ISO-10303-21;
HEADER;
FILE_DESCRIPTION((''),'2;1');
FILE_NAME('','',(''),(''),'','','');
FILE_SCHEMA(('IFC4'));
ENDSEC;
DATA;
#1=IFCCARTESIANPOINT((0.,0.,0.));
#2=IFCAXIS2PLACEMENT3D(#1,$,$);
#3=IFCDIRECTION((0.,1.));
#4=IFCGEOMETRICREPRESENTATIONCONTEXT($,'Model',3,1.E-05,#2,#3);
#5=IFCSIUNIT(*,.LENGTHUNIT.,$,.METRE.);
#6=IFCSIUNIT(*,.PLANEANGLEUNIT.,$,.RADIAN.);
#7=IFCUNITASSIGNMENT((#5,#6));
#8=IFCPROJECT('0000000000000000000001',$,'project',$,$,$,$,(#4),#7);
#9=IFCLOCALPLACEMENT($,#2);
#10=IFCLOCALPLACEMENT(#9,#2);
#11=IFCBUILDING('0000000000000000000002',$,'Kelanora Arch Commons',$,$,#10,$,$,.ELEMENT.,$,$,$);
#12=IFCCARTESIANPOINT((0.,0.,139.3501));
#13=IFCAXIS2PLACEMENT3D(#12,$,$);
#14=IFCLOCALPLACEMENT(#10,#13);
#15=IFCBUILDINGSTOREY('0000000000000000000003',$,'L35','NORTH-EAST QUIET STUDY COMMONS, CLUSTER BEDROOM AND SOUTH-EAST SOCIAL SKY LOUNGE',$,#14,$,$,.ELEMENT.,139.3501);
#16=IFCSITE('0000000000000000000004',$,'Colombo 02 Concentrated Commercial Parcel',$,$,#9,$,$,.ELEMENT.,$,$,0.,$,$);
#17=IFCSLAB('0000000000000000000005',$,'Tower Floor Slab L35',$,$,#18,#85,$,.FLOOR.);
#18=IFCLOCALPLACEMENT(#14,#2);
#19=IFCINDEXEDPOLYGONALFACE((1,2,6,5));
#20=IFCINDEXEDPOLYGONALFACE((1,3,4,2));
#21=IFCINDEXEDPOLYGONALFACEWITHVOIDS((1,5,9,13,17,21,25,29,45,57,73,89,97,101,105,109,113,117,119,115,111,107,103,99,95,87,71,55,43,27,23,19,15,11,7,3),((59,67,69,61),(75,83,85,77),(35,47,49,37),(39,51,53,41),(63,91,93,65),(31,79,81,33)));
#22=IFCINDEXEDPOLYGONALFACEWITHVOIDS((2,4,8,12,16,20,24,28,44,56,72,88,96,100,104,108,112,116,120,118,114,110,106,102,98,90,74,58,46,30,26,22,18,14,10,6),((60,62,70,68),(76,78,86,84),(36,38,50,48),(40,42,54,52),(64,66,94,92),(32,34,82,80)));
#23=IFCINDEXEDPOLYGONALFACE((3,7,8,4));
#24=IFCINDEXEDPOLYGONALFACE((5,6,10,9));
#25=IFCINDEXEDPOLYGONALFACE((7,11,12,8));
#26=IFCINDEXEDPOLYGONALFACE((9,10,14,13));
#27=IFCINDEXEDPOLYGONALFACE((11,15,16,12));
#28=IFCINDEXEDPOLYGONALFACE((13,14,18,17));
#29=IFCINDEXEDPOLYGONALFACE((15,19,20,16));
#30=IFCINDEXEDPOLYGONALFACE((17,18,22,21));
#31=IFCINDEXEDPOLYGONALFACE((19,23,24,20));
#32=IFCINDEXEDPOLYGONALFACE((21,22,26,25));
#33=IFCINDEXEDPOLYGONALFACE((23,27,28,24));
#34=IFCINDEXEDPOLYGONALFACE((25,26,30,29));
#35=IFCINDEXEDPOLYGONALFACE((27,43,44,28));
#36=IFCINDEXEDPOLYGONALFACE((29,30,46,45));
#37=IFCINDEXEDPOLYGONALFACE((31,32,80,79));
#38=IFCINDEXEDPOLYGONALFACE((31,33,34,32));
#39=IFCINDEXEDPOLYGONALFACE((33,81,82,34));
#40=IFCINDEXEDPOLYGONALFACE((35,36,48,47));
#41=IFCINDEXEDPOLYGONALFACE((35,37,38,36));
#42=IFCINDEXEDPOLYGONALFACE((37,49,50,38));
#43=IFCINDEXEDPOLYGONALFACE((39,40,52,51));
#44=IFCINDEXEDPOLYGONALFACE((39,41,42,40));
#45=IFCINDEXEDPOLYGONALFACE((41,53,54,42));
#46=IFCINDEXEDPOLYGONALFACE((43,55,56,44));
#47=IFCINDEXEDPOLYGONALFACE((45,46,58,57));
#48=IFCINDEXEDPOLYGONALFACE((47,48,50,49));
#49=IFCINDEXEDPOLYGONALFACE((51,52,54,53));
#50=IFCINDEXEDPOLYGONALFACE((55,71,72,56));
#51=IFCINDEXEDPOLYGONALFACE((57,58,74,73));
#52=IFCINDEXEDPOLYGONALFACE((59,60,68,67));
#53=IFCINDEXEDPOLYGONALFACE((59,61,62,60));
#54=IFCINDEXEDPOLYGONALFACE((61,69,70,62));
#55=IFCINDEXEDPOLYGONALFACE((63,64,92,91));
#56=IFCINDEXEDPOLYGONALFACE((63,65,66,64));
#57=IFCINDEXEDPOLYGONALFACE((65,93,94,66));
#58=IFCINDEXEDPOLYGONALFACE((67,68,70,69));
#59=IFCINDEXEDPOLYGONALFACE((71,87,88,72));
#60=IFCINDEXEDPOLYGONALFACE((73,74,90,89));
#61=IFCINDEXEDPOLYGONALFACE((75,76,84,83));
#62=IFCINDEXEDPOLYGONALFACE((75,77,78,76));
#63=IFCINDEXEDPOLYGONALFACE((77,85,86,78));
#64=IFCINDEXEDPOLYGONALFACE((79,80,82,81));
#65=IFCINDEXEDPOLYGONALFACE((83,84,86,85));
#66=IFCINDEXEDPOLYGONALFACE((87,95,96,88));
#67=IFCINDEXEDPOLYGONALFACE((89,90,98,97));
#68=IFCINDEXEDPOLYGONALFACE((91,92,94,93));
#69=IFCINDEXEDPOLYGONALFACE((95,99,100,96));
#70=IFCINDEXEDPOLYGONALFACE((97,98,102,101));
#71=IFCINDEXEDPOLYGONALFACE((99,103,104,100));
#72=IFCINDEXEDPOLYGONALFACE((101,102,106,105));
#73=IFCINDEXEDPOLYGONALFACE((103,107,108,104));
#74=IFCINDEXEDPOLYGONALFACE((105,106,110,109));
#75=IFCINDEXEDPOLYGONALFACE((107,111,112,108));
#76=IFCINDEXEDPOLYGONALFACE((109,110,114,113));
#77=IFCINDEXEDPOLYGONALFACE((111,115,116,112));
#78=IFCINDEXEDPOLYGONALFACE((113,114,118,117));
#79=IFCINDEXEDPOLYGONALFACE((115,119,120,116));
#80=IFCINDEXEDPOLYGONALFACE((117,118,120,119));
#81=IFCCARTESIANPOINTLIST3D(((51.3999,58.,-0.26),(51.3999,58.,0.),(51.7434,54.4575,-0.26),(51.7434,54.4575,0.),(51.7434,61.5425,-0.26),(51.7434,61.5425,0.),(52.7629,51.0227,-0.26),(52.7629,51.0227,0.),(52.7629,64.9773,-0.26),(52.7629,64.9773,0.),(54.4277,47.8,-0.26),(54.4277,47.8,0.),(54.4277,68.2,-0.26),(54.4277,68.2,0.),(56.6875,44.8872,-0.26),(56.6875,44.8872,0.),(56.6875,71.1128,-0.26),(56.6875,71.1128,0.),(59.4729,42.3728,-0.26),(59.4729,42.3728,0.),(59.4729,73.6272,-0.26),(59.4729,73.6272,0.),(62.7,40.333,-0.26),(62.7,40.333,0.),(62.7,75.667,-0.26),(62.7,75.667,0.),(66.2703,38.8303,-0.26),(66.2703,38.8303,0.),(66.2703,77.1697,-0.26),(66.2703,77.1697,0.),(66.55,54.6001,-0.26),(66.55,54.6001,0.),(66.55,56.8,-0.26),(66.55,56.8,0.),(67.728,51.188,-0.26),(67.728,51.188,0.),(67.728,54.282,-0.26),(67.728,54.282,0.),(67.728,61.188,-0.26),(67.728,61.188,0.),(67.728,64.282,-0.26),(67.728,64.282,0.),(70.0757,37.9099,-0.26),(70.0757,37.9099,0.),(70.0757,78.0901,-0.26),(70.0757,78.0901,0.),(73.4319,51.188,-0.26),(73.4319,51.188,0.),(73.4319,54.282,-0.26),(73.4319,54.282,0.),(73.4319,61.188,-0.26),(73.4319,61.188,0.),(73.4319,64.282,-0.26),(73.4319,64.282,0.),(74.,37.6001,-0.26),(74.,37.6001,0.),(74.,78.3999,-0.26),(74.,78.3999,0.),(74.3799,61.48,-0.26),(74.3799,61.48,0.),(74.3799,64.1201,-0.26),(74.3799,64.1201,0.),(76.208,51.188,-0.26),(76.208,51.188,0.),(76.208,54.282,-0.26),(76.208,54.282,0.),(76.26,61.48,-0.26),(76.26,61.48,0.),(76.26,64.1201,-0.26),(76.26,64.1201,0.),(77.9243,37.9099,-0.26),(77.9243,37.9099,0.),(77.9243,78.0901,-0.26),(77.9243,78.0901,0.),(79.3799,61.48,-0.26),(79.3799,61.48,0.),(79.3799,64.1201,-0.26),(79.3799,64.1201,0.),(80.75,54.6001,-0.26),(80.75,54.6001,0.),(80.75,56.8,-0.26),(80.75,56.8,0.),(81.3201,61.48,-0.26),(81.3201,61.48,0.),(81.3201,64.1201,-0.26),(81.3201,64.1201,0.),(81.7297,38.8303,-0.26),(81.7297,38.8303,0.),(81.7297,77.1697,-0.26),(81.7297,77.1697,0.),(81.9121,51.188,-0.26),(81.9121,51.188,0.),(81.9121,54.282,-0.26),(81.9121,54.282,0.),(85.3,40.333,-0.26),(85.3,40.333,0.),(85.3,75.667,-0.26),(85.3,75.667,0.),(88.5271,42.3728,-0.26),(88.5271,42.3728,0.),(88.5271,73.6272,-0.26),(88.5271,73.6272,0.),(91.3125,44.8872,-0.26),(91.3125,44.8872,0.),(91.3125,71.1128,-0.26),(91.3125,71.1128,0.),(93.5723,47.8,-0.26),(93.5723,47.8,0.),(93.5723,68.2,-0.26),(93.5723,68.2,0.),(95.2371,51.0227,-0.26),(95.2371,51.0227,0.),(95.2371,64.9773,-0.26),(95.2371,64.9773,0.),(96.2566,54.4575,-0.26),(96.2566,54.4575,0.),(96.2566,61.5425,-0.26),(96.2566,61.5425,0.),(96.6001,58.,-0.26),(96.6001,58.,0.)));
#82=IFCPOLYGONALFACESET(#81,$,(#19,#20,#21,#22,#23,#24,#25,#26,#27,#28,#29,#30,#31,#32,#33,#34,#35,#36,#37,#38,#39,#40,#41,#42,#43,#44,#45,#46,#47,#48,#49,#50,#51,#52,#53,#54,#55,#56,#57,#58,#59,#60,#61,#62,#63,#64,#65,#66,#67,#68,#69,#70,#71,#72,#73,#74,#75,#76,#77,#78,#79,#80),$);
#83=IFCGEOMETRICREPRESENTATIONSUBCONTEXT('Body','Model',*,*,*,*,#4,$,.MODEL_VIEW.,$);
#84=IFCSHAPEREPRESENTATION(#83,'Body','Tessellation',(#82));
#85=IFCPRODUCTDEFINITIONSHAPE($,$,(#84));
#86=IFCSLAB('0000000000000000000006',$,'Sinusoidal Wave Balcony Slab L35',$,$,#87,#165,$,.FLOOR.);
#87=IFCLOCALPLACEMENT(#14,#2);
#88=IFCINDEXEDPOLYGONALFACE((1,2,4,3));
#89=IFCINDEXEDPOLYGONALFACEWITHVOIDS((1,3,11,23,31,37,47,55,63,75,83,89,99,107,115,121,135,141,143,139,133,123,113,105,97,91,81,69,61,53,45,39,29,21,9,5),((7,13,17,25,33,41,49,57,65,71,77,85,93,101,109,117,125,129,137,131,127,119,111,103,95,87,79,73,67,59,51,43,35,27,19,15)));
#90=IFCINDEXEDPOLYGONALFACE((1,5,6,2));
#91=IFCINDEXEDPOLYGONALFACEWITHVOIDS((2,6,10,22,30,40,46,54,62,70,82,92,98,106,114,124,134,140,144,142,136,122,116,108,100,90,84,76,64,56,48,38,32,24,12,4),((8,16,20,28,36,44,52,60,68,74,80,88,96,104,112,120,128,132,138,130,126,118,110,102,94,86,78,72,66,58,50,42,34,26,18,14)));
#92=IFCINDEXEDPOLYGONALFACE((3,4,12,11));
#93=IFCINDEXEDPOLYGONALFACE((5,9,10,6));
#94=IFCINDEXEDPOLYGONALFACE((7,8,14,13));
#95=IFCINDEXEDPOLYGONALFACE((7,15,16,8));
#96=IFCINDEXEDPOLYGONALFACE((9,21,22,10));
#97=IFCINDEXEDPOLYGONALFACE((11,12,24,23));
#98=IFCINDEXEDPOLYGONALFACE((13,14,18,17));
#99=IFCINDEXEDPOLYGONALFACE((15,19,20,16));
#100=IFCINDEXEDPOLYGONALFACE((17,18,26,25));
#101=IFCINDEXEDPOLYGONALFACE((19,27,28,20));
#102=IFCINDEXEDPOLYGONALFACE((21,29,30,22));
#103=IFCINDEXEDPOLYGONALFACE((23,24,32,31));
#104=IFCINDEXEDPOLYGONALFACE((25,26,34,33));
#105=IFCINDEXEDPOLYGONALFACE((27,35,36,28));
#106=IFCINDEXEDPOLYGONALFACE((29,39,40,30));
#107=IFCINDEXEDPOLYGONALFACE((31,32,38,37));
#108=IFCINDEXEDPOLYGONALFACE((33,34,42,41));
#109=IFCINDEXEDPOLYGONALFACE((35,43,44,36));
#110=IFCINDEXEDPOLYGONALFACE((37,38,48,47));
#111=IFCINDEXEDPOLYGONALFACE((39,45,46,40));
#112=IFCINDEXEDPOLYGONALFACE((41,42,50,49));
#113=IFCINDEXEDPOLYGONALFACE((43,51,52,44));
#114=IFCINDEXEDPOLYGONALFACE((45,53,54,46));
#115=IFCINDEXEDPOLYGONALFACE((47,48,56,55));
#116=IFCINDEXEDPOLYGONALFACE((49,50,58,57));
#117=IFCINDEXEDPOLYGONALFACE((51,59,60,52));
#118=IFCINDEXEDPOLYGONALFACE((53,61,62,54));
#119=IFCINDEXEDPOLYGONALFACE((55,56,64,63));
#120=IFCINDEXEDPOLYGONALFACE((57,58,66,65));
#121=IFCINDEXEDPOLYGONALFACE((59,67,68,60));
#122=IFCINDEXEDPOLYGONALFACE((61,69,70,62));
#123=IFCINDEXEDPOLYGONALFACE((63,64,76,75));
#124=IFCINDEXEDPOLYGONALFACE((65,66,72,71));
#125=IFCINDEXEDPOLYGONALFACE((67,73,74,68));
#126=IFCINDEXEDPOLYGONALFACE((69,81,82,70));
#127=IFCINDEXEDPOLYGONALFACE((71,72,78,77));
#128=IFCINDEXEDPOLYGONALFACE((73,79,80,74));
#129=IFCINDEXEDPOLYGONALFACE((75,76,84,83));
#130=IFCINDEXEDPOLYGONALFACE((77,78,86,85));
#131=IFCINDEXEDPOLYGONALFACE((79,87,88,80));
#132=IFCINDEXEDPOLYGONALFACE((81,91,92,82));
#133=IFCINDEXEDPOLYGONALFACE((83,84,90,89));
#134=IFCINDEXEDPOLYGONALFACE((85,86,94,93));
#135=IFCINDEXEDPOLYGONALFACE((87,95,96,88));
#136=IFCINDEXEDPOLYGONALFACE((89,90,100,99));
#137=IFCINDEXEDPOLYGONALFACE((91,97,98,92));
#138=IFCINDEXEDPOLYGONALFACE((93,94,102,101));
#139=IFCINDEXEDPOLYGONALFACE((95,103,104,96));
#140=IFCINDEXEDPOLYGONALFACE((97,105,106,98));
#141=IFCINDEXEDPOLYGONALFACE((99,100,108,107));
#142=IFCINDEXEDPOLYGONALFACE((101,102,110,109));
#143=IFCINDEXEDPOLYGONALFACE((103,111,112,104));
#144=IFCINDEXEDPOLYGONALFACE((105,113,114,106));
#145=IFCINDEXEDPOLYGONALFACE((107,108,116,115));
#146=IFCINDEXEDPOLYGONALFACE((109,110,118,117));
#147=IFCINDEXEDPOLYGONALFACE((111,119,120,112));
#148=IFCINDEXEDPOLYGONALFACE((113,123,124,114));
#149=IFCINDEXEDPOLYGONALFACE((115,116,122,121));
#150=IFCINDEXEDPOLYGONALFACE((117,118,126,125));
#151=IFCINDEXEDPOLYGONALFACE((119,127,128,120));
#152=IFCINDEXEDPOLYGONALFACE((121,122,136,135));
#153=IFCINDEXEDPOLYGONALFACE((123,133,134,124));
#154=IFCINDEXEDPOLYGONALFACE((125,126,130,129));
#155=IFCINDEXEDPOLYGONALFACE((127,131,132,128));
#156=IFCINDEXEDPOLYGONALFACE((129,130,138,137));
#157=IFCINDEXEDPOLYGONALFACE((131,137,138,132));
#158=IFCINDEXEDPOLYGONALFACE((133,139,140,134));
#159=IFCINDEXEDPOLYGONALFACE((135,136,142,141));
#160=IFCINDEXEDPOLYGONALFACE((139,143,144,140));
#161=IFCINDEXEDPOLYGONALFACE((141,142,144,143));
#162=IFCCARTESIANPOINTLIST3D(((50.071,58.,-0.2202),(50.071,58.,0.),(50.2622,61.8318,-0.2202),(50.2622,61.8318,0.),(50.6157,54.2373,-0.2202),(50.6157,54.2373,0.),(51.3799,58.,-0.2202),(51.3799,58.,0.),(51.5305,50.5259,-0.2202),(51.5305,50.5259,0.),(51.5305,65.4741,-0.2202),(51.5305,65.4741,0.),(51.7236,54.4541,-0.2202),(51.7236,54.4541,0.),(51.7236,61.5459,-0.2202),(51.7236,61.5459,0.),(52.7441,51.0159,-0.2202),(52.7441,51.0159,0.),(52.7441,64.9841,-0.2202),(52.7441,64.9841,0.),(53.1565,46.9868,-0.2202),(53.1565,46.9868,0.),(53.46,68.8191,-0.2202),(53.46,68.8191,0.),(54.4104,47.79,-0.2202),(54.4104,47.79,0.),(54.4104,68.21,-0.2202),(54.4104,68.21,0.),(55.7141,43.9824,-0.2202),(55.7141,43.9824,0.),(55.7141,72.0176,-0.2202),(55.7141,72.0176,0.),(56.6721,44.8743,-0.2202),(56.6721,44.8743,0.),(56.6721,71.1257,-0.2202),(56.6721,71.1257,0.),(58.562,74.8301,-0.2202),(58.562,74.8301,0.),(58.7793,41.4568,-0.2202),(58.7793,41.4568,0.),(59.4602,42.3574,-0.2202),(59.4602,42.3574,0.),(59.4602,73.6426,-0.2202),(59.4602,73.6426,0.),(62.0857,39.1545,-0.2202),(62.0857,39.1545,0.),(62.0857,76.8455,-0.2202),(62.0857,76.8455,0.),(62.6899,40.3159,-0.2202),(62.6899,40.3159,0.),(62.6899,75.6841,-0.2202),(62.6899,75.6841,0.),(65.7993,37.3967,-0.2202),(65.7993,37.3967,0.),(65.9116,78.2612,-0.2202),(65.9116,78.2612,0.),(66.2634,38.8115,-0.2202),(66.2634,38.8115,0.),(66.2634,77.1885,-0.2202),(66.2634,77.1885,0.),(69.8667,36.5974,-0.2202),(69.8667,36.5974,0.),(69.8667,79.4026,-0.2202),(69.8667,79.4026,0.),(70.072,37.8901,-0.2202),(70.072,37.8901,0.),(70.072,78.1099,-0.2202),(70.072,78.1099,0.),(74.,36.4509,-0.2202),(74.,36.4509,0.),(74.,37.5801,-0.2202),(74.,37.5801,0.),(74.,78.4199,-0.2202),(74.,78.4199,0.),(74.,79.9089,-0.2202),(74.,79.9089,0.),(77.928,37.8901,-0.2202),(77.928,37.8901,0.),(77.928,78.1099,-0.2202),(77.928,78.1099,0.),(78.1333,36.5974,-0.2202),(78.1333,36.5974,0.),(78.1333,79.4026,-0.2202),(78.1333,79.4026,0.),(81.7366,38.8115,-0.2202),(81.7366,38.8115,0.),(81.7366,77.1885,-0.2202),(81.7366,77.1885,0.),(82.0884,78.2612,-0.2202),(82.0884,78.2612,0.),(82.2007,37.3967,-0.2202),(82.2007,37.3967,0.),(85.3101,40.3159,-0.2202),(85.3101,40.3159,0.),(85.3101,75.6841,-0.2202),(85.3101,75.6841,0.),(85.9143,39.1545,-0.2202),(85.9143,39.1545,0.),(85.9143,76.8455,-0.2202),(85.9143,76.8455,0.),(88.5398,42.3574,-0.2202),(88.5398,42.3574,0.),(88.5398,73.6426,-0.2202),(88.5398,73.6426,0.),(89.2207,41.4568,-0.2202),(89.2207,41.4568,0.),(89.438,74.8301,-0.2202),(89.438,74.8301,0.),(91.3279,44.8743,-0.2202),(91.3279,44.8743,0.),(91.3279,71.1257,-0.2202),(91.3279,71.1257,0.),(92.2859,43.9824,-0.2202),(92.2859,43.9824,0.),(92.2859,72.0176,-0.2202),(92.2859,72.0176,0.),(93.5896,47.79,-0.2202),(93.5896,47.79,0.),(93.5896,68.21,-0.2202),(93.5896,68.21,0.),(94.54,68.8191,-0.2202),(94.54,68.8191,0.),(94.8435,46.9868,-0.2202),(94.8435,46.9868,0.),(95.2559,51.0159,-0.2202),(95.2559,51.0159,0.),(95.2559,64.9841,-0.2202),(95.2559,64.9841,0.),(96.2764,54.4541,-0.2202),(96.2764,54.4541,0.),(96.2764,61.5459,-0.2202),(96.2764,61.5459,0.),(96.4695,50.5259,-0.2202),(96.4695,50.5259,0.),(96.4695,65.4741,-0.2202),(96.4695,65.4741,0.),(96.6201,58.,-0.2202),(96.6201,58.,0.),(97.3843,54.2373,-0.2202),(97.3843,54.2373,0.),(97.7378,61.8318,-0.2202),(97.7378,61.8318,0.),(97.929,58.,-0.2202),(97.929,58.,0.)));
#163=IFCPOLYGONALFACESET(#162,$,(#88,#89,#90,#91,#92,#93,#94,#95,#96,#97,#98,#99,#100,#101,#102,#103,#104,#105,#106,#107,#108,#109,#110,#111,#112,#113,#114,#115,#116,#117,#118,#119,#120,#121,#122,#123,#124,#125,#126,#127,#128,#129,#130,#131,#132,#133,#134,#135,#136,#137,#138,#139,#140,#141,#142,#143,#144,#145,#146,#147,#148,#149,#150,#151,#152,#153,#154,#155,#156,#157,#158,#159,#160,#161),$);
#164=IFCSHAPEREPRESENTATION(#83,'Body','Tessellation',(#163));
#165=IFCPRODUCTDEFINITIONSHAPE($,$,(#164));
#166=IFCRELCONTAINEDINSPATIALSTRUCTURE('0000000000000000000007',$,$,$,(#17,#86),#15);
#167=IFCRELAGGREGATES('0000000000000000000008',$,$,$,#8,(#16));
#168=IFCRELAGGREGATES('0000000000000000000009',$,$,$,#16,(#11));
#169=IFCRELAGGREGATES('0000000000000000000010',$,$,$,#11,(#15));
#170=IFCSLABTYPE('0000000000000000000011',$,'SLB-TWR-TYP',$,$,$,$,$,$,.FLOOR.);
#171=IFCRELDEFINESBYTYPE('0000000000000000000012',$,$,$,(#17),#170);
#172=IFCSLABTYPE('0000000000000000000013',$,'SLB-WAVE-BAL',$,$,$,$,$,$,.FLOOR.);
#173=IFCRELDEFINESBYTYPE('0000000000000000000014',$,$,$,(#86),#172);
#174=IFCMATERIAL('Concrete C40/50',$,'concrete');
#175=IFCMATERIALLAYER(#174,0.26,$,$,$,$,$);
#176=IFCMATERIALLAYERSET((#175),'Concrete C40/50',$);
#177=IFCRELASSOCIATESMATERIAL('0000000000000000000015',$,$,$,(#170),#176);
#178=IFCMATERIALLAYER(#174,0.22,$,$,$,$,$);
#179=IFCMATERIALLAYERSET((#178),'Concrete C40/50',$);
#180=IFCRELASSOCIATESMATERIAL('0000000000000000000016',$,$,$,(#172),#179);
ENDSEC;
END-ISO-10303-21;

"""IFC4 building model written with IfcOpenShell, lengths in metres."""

from ifc_helpers import new_model, si_unit, direction, frame, origin, place, context, subcontext, project, spatial, polyline, outline, extrude, material, layer, layer_set, type_object, element, save


model = new_model("IFC4")

# Units and contexts
model_context = context("Model", 3, precision=1e-05, world=origin(), true_north=direction((0.0, 1.0)))
body_context = subcontext(model_context, "Body", "Model", "MODEL_VIEW")
ifc_project = project(units=[si_unit("LENGTHUNIT", "METRE"), si_unit("PLANEANGLEUNIT", "RADIAN")], contexts=[model_context])

# Site, building, storey
site_placement = place(None, origin())
site = spatial("IfcSite", under=ifc_project, at=site_placement, Name="Colombo 02 Concentrated Commercial Parcel", CompositionType="ELEMENT", RefElevation=0.0)
building_placement = place(site_placement, origin())
building = spatial("IfcBuilding", under=site, at=building_placement, Name="Kelanora Arch Commons", CompositionType="ELEMENT")
storey_placement = place(building_placement, frame((0.0, 0.0, 139.3501)))
storey = spatial("IfcBuildingStorey", under=building, at=storey_placement, Name="L35", Description="NORTH-EAST QUIET STUDY COMMONS, CLUSTER BEDROOM AND SOUTH-EAST SOCIAL SKY LOUNGE", CompositionType="ELEMENT", Elevation=139.3501)

# Shared definitions
ifc_material_1 = material(Name="Concrete C40/50", Category="concrete")

# Slabs
ifc_layer_1 = layer(ifc_material_1, 0.26)
ifc_layer_set_1 = layer_set([ifc_layer_1], Name="Concrete C40/50")
slab_type_1 = type_object("IfcSlabType", Name="SLB-TWR-TYP", PredefinedType="FLOOR", material=ifc_layer_set_1)
slab_1_placement = place(storey_placement, frame((0.0, 0.0, -0.26)))
element("IfcSlab", 1, at=slab_1_placement, inside=storey, type_object=slab_type_1, Name="Tower Floor Slab L35", PredefinedType="FLOOR", context=body_context, shape_type="SweptSolid", body=[
    extrude(outline(polyline([(96.6001, 58.0), (96.2566, 61.5425), (95.2371, 64.9773), (93.5723, 68.2), (91.3125, 71.1128), (88.5271, 73.6272), (85.3, 75.667), (81.7297, 77.1697), (77.9243, 78.0901), (74.0, 78.3999), (70.0757, 78.0901), (66.2703, 77.1697), (62.7, 75.667), (59.4729, 73.6272), (56.6875, 71.1128), (54.4277, 68.2), (52.7629, 64.9773), (51.7434, 61.5425), (51.3999, 58.0), (51.7434, 54.4575), (52.7629, 51.0227), (54.4277, 47.8), (56.6875, 44.8872), (59.4729, 42.3728), (62.7, 40.333), (66.2703, 38.8303), (70.0757, 37.9099), (74.0, 37.6001), (77.9243, 37.9099), (81.7297, 38.8303), (85.3, 40.333), (88.5271, 42.3728), (91.3125, 44.8872), (93.5723, 47.8), (95.2371, 51.0227), (96.2566, 54.4575), (96.6001, 58.0)]), holes=[polyline([(73.4319, 51.188), (67.728, 51.188), (67.728, 54.282), (73.4319, 54.282), (73.4319, 51.188)]), polyline([(76.208, 51.188), (76.208, 54.282), (81.9121, 54.282), (81.9121, 51.188), (76.208, 51.188)]), polyline([(66.55, 54.6001), (66.55, 56.8), (80.75, 56.8), (80.75, 54.6001), (66.55, 54.6001)]), polyline([(73.4319, 61.188), (67.728, 61.188), (67.728, 64.282), (73.4319, 64.282), (73.4319, 61.188)]), polyline([(74.3799, 61.48), (74.3799, 64.1201), (76.26, 64.1201), (76.26, 61.48), (74.3799, 61.48)]), polyline([(79.3799, 61.48), (79.3799, 64.1201), (81.3201, 64.1201), (81.3201, 61.48), (79.3799, 61.48)])]), origin(), (0.0, 0.0, 1.0), 0.26),
])
ifc_layer_2 = layer(ifc_material_1, 0.22)
ifc_layer_set_2 = layer_set([ifc_layer_2], Name="Concrete C40/50")
slab_type_2 = type_object("IfcSlabType", Name="SLB-WAVE-BAL", PredefinedType="FLOOR", material=ifc_layer_set_2)
slab_2_placement = place(storey_placement, frame((0.0, 0.0, -0.2202)))
element("IfcSlab", 2, at=slab_2_placement, inside=storey, type_object=slab_type_2, Name="Sinusoidal Wave Balcony Slab L35", PredefinedType="FLOOR", context=body_context, shape_type="SweptSolid", body=[
    extrude(outline(polyline([(97.929, 58.0), (97.7378, 61.8318), (96.4695, 65.4741), (94.54, 68.8191), (92.2859, 72.0176), (89.438, 74.8301), (85.9143, 76.8455), (82.0884, 78.2612), (78.1333, 79.4026), (74.0, 79.9089), (69.8667, 79.4026), (65.9116, 78.2612), (62.0857, 76.8455), (58.562, 74.8301), (55.7141, 72.0176), (53.46, 68.8191), (51.5305, 65.4741), (50.2622, 61.8318), (50.071, 58.0), (50.6157, 54.2373), (51.5305, 50.5259), (53.1565, 46.9868), (55.7141, 43.9824), (58.7793, 41.4568), (62.0857, 39.1545), (65.7993, 37.3967), (69.8667, 36.5974), (74.0, 36.4509), (78.1333, 36.5974), (82.2007, 37.3967), (85.9143, 39.1545), (89.2207, 41.4568), (92.2859, 43.9824), (94.8435, 46.9868), (96.4695, 50.5259), (97.3843, 54.2373), (97.929, 58.0)]), holes=[polyline([(96.2764, 54.4541), (95.2559, 51.0159), (93.5896, 47.79), (91.3279, 44.8743), (88.5398, 42.3574), (85.3101, 40.3159), (81.7366, 38.8115), (77.928, 37.8901), (74.0, 37.5801), (70.072, 37.8901), (66.2634, 38.8115), (62.6899, 40.3159), (59.4602, 42.3574), (56.6721, 44.8743), (54.4104, 47.79), (52.7441, 51.0159), (51.7236, 54.4541), (51.3799, 58.0), (51.7236, 61.5459), (52.7441, 64.9841), (54.4104, 68.21), (56.6721, 71.1257), (59.4602, 73.6426), (62.6899, 75.6841), (66.2634, 77.1885), (70.072, 78.1099), (74.0, 78.4199), (77.928, 78.1099), (81.7366, 77.1885), (85.3101, 75.6841), (88.5398, 73.6426), (91.3279, 71.1257), (93.5896, 68.21), (95.2559, 64.9841), (96.2764, 61.5459), (96.6201, 58.0), (96.2764, 54.4541)])]), origin(), (0.0, 0.0, 1.0), 0.2202),
])

save(model, "model.ifc")
